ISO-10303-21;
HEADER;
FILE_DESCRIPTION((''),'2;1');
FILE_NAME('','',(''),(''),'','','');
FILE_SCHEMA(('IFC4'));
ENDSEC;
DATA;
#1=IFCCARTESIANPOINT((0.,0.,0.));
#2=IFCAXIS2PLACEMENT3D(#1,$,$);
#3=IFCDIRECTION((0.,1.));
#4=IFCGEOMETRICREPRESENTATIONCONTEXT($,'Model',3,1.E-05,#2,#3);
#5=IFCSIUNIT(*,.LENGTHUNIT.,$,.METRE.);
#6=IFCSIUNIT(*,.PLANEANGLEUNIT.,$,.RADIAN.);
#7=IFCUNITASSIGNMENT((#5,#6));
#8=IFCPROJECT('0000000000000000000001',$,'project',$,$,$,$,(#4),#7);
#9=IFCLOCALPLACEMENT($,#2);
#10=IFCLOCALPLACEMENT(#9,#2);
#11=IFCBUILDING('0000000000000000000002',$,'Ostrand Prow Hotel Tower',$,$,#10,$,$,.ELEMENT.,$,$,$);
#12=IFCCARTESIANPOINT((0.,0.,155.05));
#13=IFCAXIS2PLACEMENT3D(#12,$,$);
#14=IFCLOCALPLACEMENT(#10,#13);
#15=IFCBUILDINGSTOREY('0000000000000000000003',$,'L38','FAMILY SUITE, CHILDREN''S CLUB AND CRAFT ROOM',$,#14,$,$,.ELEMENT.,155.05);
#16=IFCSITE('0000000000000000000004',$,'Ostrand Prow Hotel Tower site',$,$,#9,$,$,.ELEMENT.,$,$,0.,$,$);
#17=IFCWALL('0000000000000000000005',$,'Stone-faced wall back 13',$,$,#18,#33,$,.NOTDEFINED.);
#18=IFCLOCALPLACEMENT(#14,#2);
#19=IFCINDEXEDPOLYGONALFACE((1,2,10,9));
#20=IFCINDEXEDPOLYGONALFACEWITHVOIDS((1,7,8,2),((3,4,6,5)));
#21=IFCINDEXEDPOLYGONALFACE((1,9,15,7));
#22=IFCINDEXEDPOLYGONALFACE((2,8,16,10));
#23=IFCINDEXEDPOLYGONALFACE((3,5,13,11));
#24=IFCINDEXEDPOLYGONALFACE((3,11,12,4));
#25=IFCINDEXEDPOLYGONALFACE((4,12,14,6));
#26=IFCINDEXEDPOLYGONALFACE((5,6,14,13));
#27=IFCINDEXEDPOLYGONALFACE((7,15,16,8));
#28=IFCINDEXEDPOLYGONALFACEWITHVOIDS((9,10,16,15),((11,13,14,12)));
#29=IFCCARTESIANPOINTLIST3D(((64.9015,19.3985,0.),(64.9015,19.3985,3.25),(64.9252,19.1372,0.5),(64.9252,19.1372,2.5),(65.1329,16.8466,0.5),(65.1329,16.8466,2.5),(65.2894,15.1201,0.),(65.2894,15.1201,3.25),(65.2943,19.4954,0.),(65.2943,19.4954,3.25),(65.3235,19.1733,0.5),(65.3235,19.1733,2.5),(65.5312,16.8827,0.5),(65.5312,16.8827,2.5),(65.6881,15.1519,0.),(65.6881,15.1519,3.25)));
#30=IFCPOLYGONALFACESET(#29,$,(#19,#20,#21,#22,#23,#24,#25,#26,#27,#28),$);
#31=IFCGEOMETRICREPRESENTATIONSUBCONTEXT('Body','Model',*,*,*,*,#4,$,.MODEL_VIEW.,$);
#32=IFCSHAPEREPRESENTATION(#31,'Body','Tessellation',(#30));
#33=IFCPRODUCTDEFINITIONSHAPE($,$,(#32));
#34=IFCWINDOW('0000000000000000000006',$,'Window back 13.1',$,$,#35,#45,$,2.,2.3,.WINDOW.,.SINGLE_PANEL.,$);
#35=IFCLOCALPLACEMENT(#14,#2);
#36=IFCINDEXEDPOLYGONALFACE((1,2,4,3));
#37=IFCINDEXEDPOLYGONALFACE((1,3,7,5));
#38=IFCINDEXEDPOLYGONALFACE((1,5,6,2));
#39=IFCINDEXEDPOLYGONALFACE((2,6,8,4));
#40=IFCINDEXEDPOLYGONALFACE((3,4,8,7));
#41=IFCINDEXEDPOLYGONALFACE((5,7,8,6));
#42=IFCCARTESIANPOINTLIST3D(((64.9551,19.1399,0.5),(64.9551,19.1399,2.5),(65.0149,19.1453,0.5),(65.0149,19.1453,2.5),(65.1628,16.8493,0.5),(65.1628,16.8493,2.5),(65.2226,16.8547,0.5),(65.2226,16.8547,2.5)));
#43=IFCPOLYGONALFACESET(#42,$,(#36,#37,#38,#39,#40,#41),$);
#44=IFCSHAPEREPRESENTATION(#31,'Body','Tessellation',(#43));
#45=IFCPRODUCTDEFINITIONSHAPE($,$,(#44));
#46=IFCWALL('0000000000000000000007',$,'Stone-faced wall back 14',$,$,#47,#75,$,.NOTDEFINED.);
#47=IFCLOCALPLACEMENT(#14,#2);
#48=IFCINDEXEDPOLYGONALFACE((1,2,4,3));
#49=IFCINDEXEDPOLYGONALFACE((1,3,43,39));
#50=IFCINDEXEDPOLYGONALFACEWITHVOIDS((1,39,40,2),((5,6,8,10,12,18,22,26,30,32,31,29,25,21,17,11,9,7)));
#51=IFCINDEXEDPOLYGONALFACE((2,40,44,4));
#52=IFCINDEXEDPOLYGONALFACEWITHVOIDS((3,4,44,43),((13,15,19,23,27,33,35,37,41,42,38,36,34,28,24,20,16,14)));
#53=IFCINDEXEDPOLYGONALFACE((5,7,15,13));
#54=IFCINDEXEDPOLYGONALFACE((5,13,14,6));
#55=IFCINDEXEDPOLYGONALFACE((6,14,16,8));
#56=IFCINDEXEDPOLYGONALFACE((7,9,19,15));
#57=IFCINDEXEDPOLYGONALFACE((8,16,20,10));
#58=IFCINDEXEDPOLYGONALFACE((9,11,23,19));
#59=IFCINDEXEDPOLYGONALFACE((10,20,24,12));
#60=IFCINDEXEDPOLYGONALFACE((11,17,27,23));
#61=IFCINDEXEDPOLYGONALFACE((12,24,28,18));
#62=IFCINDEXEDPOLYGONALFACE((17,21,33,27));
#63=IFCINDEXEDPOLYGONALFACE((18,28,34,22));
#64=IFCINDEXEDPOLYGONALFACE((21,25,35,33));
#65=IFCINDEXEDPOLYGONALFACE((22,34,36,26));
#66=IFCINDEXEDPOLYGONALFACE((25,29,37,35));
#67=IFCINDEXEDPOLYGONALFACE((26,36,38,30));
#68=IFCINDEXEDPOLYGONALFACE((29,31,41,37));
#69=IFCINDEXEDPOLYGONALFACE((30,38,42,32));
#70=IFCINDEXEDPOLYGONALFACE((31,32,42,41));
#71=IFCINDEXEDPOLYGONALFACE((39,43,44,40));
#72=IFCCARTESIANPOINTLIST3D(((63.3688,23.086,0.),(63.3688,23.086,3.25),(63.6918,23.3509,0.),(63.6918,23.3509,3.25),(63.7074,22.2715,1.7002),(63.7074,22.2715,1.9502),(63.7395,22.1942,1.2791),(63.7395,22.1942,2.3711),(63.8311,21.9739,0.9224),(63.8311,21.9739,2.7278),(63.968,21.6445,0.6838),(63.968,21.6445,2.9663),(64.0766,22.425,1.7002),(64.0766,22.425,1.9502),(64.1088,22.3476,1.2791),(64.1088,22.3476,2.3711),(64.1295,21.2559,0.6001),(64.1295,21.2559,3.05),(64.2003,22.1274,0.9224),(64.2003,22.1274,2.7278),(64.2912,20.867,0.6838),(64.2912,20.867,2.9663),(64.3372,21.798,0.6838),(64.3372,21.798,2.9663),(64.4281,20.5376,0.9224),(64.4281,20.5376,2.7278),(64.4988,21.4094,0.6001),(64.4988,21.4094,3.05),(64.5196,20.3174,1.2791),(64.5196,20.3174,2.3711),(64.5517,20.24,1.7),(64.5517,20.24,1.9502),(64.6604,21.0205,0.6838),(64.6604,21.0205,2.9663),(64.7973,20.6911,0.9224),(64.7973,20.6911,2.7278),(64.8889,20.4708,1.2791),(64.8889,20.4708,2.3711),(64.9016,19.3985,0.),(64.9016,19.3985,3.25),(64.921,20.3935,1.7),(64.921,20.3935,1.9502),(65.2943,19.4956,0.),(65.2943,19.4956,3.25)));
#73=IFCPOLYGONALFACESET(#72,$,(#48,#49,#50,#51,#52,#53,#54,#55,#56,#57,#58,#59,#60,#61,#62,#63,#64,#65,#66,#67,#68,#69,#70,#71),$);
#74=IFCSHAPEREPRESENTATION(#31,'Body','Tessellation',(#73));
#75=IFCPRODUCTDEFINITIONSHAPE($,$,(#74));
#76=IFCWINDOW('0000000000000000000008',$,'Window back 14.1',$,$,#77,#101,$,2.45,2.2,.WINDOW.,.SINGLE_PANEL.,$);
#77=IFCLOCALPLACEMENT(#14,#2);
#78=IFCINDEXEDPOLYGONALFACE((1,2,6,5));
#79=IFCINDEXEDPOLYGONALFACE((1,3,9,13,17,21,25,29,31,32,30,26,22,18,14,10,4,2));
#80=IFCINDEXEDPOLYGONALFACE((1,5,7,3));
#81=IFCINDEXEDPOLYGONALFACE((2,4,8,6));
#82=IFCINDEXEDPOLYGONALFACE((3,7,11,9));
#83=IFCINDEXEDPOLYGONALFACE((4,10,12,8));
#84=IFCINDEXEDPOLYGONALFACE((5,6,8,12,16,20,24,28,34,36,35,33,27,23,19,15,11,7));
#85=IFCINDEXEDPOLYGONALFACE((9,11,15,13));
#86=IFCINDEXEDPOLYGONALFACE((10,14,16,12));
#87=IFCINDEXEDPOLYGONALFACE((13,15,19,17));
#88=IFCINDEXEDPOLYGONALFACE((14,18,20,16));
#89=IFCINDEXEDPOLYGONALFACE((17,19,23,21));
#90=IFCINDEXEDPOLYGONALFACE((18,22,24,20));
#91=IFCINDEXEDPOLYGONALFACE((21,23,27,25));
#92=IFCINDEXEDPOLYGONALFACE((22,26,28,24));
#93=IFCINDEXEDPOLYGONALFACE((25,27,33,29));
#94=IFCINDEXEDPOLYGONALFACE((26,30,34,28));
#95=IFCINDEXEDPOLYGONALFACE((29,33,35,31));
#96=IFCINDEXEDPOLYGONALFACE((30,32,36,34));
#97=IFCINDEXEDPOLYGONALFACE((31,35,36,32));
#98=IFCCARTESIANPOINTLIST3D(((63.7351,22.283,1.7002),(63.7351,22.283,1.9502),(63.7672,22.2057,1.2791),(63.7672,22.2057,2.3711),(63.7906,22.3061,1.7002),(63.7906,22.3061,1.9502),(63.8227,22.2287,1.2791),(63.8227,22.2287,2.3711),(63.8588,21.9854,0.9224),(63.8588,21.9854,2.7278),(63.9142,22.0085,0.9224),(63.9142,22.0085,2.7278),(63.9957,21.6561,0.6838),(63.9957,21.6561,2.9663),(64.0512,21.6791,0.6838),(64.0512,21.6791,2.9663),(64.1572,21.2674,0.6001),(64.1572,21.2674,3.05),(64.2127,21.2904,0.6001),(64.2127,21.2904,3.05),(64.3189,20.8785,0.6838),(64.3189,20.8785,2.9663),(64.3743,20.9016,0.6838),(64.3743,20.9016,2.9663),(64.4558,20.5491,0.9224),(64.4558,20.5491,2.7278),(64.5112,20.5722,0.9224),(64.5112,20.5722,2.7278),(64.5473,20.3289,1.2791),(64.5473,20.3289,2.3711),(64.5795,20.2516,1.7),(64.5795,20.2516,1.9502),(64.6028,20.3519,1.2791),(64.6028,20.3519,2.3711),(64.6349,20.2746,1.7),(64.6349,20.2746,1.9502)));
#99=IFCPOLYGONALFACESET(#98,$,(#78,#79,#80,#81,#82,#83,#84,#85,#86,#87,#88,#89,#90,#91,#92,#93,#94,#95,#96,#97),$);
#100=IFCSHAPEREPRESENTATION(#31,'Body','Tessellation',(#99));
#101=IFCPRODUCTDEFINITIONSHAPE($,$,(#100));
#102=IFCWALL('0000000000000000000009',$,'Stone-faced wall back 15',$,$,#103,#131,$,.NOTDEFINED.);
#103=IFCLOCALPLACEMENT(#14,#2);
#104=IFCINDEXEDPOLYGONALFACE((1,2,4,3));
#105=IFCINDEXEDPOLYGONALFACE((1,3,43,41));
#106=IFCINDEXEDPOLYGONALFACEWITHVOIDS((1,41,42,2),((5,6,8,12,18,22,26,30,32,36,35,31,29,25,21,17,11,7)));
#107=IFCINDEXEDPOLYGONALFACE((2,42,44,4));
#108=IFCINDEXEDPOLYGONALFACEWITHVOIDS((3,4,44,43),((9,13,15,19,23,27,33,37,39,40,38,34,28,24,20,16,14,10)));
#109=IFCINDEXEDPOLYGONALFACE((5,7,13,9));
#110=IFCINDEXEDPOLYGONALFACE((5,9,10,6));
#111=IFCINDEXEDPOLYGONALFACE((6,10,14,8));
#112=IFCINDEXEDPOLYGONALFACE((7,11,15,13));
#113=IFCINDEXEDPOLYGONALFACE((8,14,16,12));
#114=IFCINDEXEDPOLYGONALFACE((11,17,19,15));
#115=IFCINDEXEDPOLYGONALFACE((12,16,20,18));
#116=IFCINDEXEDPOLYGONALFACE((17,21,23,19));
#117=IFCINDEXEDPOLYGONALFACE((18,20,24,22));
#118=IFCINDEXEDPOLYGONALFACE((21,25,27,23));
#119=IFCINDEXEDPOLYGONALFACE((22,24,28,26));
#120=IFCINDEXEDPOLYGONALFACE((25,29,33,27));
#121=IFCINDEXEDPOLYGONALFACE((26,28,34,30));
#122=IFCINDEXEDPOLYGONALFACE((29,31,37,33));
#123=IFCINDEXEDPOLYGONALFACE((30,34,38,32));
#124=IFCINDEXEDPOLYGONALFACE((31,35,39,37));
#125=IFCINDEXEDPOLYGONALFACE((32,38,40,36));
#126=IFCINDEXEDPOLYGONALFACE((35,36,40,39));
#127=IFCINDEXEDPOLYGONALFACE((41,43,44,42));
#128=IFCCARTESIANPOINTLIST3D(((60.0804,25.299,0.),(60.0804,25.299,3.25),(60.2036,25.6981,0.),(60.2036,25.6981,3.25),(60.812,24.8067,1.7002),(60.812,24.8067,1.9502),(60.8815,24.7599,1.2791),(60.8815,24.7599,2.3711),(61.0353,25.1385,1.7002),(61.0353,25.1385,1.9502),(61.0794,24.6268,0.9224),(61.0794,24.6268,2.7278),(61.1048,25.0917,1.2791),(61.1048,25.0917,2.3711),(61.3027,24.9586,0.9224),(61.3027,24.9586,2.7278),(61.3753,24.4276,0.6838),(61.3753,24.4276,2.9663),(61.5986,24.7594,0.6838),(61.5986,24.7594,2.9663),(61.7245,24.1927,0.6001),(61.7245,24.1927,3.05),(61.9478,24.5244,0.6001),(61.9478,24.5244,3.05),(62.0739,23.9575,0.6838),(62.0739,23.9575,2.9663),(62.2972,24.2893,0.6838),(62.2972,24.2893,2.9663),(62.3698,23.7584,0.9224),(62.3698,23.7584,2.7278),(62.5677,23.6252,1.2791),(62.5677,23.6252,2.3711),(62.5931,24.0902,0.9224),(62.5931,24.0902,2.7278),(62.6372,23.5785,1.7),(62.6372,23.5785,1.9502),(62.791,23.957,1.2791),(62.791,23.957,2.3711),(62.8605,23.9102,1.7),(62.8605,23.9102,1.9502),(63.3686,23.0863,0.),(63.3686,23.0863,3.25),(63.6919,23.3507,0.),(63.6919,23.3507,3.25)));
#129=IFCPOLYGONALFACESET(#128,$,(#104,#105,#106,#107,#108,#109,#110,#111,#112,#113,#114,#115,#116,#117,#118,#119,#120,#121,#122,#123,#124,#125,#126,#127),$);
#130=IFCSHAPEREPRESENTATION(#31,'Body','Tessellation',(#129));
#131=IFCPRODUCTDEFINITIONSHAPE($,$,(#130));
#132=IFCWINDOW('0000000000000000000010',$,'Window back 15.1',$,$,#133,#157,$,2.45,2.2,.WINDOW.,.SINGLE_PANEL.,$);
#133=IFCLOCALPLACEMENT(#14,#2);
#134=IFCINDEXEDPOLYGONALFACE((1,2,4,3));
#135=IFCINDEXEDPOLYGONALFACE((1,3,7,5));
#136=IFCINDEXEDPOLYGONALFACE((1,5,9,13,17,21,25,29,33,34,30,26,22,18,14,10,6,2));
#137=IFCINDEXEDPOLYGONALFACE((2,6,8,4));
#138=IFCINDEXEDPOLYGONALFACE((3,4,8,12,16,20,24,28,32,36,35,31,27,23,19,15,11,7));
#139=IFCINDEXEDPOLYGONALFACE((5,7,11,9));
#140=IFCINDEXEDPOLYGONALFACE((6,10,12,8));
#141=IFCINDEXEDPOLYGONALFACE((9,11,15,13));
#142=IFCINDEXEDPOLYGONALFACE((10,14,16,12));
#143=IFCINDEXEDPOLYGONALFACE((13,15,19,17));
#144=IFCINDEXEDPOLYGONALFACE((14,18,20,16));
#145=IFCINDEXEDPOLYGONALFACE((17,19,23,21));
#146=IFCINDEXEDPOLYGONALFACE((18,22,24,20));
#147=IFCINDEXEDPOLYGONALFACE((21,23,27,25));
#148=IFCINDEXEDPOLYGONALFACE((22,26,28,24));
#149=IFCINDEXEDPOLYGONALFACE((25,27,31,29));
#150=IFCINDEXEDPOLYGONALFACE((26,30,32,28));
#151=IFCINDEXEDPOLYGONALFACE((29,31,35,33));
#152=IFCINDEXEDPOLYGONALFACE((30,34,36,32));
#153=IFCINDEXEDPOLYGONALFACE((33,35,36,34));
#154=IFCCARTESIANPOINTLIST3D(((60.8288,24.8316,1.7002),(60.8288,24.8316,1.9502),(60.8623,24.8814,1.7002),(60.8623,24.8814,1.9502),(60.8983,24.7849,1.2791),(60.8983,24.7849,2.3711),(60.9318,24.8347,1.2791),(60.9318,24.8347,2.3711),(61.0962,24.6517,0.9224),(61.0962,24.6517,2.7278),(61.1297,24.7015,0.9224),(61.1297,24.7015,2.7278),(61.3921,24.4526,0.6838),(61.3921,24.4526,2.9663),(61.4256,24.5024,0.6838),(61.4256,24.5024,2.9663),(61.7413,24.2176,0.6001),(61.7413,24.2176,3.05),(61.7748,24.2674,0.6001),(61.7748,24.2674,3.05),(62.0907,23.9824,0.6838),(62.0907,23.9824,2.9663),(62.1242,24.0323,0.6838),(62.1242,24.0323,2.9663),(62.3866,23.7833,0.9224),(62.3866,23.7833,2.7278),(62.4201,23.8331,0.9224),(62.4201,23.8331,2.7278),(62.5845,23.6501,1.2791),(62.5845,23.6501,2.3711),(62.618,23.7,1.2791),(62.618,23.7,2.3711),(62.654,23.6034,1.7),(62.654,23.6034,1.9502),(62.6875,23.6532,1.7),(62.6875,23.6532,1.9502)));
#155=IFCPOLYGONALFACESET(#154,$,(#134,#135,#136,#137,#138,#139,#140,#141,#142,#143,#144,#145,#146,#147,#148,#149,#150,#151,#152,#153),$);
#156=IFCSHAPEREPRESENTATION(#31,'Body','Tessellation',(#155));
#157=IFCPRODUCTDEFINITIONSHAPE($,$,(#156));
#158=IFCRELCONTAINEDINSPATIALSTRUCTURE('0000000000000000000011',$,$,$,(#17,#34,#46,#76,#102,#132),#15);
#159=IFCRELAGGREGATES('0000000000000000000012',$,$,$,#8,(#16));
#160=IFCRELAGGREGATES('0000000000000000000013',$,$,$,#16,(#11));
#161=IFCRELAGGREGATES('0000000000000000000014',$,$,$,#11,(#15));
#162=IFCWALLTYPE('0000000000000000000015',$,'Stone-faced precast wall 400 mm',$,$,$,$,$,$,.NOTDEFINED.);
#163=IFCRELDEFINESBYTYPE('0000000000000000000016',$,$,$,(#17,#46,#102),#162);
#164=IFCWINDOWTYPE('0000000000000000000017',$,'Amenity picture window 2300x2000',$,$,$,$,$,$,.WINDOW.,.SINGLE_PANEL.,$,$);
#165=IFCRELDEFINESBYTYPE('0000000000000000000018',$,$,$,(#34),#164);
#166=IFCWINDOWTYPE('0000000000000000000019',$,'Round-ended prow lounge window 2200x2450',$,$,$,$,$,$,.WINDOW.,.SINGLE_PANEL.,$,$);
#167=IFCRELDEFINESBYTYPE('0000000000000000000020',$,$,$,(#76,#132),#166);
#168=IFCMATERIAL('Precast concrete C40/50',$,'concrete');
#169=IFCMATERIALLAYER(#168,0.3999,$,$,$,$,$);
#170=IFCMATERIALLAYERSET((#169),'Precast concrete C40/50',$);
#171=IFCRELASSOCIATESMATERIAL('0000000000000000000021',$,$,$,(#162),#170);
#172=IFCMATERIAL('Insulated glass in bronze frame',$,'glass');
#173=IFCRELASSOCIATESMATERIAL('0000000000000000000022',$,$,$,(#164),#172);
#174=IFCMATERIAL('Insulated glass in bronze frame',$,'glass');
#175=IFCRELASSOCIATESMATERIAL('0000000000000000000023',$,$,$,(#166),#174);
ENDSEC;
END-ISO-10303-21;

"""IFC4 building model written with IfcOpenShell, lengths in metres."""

from ifc_helpers import new_model, si_unit, direction, frame, frame_2d, origin, place, context, subcontext, project, spatial, polyline, rectangle, outline, extrude, material, layer, layer_set, type_object, element, fill, save


model = new_model("IFC4")

# Units and contexts
model_context = context("Model", 3, precision=1e-05, world=origin(), true_north=direction((0.0, 1.0)))
body_context = subcontext(model_context, "Body", "Model", "MODEL_VIEW")
ifc_project = project(units=[si_unit("LENGTHUNIT", "METRE"), si_unit("PLANEANGLEUNIT", "RADIAN")], contexts=[model_context])

# Site, building, storey
site_placement = place(None, origin())
site = spatial("IfcSite", under=ifc_project, at=site_placement, Name="Ostrand Prow Hotel Tower site", CompositionType="ELEMENT", RefElevation=0.0)
building_placement = place(site_placement, origin())
building = spatial("IfcBuilding", under=site, at=building_placement, Name="Ostrand Prow Hotel Tower", CompositionType="ELEMENT")
storey_placement = place(building_placement, frame((0.0, 0.0, 155.05)))
storey = spatial("IfcBuildingStorey", under=building, at=storey_placement, Name="L38", Description="FAMILY SUITE, CHILDREN'S CLUB AND CRAFT ROOM", CompositionType="ELEMENT", Elevation=155.05)

# Walls, openings, windows
ifc_material_1 = material(Name="Precast concrete C40/50", Category="concrete")
ifc_layer_1 = layer(ifc_material_1, 0.3999)
ifc_layer_set_1 = layer_set([ifc_layer_1], Name="Precast concrete C40/50")
wall_type_1 = type_object("IfcWallType", Name="Stone-faced precast wall 400 mm", PredefinedType="NOTDEFINED", material=ifc_layer_set_1)
wall_1_placement = place(storey_placement, frame((65.4888, 15.136, 0.0), z_axis=(0.0, 0.0, 1.0), x_axis=(-0.090297, 0.995915, 0.0)))
wall_1 = element("IfcWall", 1, at=wall_1_placement, inside=storey, type_object=wall_type_1, Name="Stone-faced wall back 13", PredefinedType="NOTDEFINED", context=body_context, shape_type="SweptSolid", body=[
    extrude(outline(polyline([(-0.0022, -0.2), (4.3591, -0.2), (4.2981, 0.2), (0.0022, 0.2), (-0.0022, -0.2)])), origin(), (0.0, 0.0, 1.0), 3.25),
])
opening_1_placement = place(wall_1_placement, frame((1.7358, 0.0, 0.5)))
opening_1 = element("IfcOpeningElement", 2, at=opening_1_placement, cuts=wall_1, PredefinedType="OPENING", context=body_context, shape_type="SweptSolid", body=[
    extrude(rectangle(XDim=2.3, YDim=2.0, at=frame_2d((1.1499, 1.0))), frame((0.0, 0.21, 0.0), z_axis=(0.0, -1.0, 0.0), x_axis=(1.0, 0.0, 0.0)), (0.0, 0.0, 1.0), 0.4199),
])
ifc_material_2 = material(Name="Insulated glass in bronze frame", Category="glass")
window_type_1 = type_object("IfcWindowType", Name="Amenity picture window 2300x2000", PartitioningType="SINGLE_PANEL", PredefinedType="WINDOW", material=ifc_material_2)
window_1_placement = place(opening_1_placement, origin())
window_1 = element("IfcWindow", 3, at=window_1_placement, inside=storey, type_object=window_type_1, Name="Window back 13.1", OverallHeight=2.0, OverallWidth=2.3, PartitioningType="SINGLE_PANEL", PredefinedType="WINDOW", context=body_context, shape_type="SweptSolid", body=[
    extrude(rectangle(XDim=2.3, YDim=2.0, at=frame_2d((1.1499, 1.0))), frame((0.0, 0.1699, 0.0), z_axis=(0.0, -1.0, 0.0), x_axis=(1.0, 0.0, 0.0)), (0.0, 0.0, 1.0), 0.0601),
])
fill(opening_1, window_1)
wall_2_placement = place(storey_placement, frame((65.0979, 19.447, 0.0), z_axis=(0.0, 0.0, 1.0), x_axis=(-0.383817, 0.923409, 0.0)))
wall_2 = element("IfcWall", 4, at=wall_2_placement, inside=storey, type_object=wall_type_1, Name="Stone-faced wall back 14", PredefinedType="NOTDEFINED", context=body_context, shape_type="SweptSolid", body=[
    extrude(outline(polyline([(-0.0305, -0.2), (4.1445, -0.2), (4.0239, 0.2), (0.0305, 0.2), (-0.0305, -0.2)])), origin(), (0.0, 0.0, 1.0), 3.25),
])
opening_2_placement = place(wall_2_placement, frame((0.9419, 0.0, 0.6001)))
opening_2 = element("IfcOpeningElement", 5, at=opening_2_placement, cuts=wall_2, PredefinedType="OPENING", context=body_context, shape_type="SweptSolid", body=[
    extrude(outline(polyline([(0.0, 1.3501), (0.0837, 1.771), (0.3223, 2.1277), (0.679, 2.3662), (1.1001, 2.45), (1.521, 2.3662), (1.8777, 2.1277), (2.1162, 1.771), (2.2, 1.3501), (2.2, 1.1001), (2.1162, 0.679), (1.8777, 0.3223), (1.521, 0.0837), (1.1001, 0.0), (0.679, 0.0837), (0.3223, 0.3223), (0.0837, 0.679), (0.0, 1.0999), (0.0, 1.3501)])), frame((0.0, 0.21, 0.0), z_axis=(0.0, -1.0, 0.0), x_axis=(1.0, 0.0, 0.0)), (0.0, 0.0, 1.0), 0.4199),
])
ifc_material_3 = material(Name="Insulated glass in bronze frame", Category="glass")
window_type_2 = type_object("IfcWindowType", Name="Round-ended prow lounge window 2200x2450", PartitioningType="SINGLE_PANEL", PredefinedType="WINDOW", material=ifc_material_3)
window_2_placement = place(opening_2_placement, origin())
window_2 = element("IfcWindow", 6, at=window_2_placement, inside=storey, type_object=window_type_2, Name="Window back 14.1", OverallHeight=2.45, OverallWidth=2.2, PartitioningType="SINGLE_PANEL", PredefinedType="WINDOW", context=body_context, shape_type="SweptSolid", body=[
    extrude(outline(polyline([(0.0, 1.3501), (0.0837, 1.771), (0.3223, 2.1277), (0.679, 2.3662), (1.1001, 2.45), (1.521, 2.3662), (1.8777, 2.1277), (2.1162, 1.771), (2.2, 1.3501), (2.2, 1.1001), (2.1162, 0.679), (1.8777, 0.3223), (1.521, 0.0837), (1.1001, 0.0), (0.679, 0.0837), (0.3223, 0.3223), (0.0837, 0.679), (0.0, 1.0999), (0.0, 1.3501)])), frame((0.0, 0.1699, 0.0), z_axis=(0.0, -1.0, 0.0), x_axis=(1.0, 0.0, 0.0)), (0.0, 0.0, 1.0), 0.0601),
])
fill(opening_2, window_2)
wall_3_placement = place(storey_placement, frame((63.5303, 23.2185, 0.0), z_axis=(0.0, 0.0, 1.0), x_axis=(-0.829642, 0.558296, 0.0)))
wall_3 = element("IfcWall", 7, at=wall_3_placement, inside=storey, type_object=wall_type_1, Name="Stone-faced wall back 15", PredefinedType="NOTDEFINED", context=body_context, shape_type="SweptSolid", body=[
    extrude(outline(polyline([(-0.0603, -0.2), (4.1443, -0.2), (4.0237, 0.2), (0.0603, 0.2), (-0.0603, -0.2)])), origin(), (0.0, 0.0, 1.0), 3.25),
])
opening_3_placement = place(wall_3_placement, frame((0.9419, 0.0, 0.6001)))
opening_3 = element("IfcOpeningElement", 8, at=opening_3_placement, cuts=wall_3, PredefinedType="OPENING", context=body_context, shape_type="SweptSolid", body=[
    extrude(outline(polyline([(0.0, 1.3501), (0.0837, 1.771), (0.3223, 2.1277), (0.679, 2.3662), (1.1001, 2.45), (1.521, 2.3662), (1.8777, 2.1277), (2.1162, 1.771), (2.2, 1.3501), (2.2, 1.1001), (2.1162, 0.679), (1.8777, 0.3223), (1.521, 0.0837), (1.1001, 0.0), (0.679, 0.0837), (0.3223, 0.3223), (0.0837, 0.679), (0.0, 1.0999), (0.0, 1.3501)])), frame((0.0, 0.21, 0.0), z_axis=(0.0, -1.0, 0.0), x_axis=(1.0, 0.0, 0.0)), (0.0, 0.0, 1.0), 0.4199),
])
window_3_placement = place(opening_3_placement, origin())
window_3 = element("IfcWindow", 9, at=window_3_placement, inside=storey, type_object=window_type_2, Name="Window back 15.1", OverallHeight=2.45, OverallWidth=2.2, PartitioningType="SINGLE_PANEL", PredefinedType="WINDOW", context=body_context, shape_type="SweptSolid", body=[
    extrude(outline(polyline([(0.0, 1.3501), (0.0837, 1.771), (0.3223, 2.1277), (0.679, 2.3662), (1.1001, 2.45), (1.521, 2.3662), (1.8777, 2.1277), (2.1162, 1.771), (2.2, 1.3501), (2.2, 1.1001), (2.1162, 0.679), (1.8777, 0.3223), (1.521, 0.0837), (1.1001, 0.0), (0.679, 0.0837), (0.3223, 0.3223), (0.0837, 0.679), (0.0, 1.0999), (0.0, 1.3501)])), frame((0.0, 0.1699, 0.0), z_axis=(0.0, -1.0, 0.0), x_axis=(1.0, 0.0, 0.0)), (0.0, 0.0, 1.0), 0.0601),
])
fill(opening_3, window_3)

save(model, "model.ifc")
